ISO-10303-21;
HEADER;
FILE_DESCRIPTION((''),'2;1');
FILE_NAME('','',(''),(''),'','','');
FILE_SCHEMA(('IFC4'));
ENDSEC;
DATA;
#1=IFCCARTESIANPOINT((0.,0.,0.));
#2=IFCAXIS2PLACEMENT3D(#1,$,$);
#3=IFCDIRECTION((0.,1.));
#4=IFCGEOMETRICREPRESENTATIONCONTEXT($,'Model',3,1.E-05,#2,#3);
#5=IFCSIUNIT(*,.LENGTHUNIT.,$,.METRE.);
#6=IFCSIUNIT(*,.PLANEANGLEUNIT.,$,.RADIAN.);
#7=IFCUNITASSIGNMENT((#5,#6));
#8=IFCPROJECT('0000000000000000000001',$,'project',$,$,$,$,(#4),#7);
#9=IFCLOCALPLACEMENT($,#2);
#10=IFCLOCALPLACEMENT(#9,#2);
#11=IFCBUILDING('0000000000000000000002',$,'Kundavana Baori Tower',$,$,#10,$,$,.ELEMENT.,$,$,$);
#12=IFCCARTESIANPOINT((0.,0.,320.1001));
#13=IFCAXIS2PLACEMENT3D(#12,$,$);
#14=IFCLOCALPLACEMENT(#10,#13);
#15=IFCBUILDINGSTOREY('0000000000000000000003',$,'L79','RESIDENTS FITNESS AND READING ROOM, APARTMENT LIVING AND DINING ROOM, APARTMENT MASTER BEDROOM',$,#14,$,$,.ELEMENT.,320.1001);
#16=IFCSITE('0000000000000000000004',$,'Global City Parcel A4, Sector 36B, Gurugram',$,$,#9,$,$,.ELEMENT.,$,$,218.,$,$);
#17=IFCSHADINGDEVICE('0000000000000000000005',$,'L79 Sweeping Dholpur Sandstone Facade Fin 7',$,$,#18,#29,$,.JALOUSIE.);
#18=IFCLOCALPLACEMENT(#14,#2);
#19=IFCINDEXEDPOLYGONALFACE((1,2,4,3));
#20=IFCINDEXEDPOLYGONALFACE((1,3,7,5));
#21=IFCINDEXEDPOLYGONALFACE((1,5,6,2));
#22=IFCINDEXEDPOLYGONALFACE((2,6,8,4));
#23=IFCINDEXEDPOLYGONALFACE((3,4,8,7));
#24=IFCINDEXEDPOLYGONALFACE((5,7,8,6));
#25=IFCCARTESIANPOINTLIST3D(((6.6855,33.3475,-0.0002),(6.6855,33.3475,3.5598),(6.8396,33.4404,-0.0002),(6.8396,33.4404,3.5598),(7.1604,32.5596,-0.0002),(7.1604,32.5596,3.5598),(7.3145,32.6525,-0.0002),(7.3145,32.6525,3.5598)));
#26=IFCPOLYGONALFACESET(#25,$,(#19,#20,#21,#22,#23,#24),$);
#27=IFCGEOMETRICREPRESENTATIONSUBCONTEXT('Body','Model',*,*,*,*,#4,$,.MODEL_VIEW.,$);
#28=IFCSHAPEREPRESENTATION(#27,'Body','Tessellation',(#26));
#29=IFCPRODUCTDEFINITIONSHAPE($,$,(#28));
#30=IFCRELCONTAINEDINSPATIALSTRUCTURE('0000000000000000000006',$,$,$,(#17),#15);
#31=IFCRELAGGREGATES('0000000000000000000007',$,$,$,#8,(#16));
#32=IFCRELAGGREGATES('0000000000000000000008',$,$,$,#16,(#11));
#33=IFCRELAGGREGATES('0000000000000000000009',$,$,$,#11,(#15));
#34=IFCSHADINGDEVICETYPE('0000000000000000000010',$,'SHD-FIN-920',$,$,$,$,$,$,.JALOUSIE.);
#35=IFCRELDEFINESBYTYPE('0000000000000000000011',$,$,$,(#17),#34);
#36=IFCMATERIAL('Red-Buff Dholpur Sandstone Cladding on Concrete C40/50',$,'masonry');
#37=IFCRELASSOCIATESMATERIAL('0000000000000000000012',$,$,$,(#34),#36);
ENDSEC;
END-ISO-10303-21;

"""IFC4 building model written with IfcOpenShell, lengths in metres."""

from ifc_helpers import new_model, si_unit, direction, frame, origin, origin_2d, place, context, subcontext, project, spatial, rectangle, extrude, material, type_object, element, save


model = new_model("IFC4")

# Units and contexts
model_context = context("Model", 3, precision=1e-05, world=origin(), true_north=direction((0.0, 1.0)))
body_context = subcontext(model_context, "Body", "Model", "MODEL_VIEW")
ifc_project = project(units=[si_unit("LENGTHUNIT", "METRE"), si_unit("PLANEANGLEUNIT", "RADIAN")], contexts=[model_context])

# Site, building, storey
site_placement = place(None, origin())
site = spatial("IfcSite", under=ifc_project, at=site_placement, Name="Global City Parcel A4, Sector 36B, Gurugram", CompositionType="ELEMENT", RefElevation=218.0)
building_placement = place(site_placement, origin())
building = spatial("IfcBuilding", under=site, at=building_placement, Name="Kundavana Baori Tower", CompositionType="ELEMENT")
storey_placement = place(building_placement, frame((0.0, 0.0, 320.1001)))
storey = spatial("IfcBuildingStorey", under=building, at=storey_placement, Name="L79", Description="RESIDENTS FITNESS AND READING ROOM, APARTMENT LIVING AND DINING ROOM, APARTMENT MASTER BEDROOM", CompositionType="ELEMENT", Elevation=320.1001)

# Shading device
ifc_material_1 = material(Name="Red-Buff Dholpur Sandstone Cladding on Concrete C40/50", Category="masonry")
shading_device_type = type_object("IfcShadingDeviceType", Name="SHD-FIN-920", PredefinedType="JALOUSIE", material=ifc_material_1)
shading_device_placement = place(storey_placement, frame((7.0, 33.0, -0.0002), z_axis=(0.0, 0.0, 1.0), x_axis=(0.856447, 0.516234, 0.0)))
element("IfcShadingDevice", 1, at=shading_device_placement, inside=storey, type_object=shading_device_type, Name="L79 Sweeping Dholpur Sandstone Facade Fin 7", PredefinedType="JALOUSIE", context=body_context, shape_type="SweptSolid", body=[
    extrude(rectangle(XDim=0.1799, YDim=0.9199, at=origin_2d()), origin(), (0.0, 0.0, 1.0), 3.5601),
])

save(model, "model.ifc")
